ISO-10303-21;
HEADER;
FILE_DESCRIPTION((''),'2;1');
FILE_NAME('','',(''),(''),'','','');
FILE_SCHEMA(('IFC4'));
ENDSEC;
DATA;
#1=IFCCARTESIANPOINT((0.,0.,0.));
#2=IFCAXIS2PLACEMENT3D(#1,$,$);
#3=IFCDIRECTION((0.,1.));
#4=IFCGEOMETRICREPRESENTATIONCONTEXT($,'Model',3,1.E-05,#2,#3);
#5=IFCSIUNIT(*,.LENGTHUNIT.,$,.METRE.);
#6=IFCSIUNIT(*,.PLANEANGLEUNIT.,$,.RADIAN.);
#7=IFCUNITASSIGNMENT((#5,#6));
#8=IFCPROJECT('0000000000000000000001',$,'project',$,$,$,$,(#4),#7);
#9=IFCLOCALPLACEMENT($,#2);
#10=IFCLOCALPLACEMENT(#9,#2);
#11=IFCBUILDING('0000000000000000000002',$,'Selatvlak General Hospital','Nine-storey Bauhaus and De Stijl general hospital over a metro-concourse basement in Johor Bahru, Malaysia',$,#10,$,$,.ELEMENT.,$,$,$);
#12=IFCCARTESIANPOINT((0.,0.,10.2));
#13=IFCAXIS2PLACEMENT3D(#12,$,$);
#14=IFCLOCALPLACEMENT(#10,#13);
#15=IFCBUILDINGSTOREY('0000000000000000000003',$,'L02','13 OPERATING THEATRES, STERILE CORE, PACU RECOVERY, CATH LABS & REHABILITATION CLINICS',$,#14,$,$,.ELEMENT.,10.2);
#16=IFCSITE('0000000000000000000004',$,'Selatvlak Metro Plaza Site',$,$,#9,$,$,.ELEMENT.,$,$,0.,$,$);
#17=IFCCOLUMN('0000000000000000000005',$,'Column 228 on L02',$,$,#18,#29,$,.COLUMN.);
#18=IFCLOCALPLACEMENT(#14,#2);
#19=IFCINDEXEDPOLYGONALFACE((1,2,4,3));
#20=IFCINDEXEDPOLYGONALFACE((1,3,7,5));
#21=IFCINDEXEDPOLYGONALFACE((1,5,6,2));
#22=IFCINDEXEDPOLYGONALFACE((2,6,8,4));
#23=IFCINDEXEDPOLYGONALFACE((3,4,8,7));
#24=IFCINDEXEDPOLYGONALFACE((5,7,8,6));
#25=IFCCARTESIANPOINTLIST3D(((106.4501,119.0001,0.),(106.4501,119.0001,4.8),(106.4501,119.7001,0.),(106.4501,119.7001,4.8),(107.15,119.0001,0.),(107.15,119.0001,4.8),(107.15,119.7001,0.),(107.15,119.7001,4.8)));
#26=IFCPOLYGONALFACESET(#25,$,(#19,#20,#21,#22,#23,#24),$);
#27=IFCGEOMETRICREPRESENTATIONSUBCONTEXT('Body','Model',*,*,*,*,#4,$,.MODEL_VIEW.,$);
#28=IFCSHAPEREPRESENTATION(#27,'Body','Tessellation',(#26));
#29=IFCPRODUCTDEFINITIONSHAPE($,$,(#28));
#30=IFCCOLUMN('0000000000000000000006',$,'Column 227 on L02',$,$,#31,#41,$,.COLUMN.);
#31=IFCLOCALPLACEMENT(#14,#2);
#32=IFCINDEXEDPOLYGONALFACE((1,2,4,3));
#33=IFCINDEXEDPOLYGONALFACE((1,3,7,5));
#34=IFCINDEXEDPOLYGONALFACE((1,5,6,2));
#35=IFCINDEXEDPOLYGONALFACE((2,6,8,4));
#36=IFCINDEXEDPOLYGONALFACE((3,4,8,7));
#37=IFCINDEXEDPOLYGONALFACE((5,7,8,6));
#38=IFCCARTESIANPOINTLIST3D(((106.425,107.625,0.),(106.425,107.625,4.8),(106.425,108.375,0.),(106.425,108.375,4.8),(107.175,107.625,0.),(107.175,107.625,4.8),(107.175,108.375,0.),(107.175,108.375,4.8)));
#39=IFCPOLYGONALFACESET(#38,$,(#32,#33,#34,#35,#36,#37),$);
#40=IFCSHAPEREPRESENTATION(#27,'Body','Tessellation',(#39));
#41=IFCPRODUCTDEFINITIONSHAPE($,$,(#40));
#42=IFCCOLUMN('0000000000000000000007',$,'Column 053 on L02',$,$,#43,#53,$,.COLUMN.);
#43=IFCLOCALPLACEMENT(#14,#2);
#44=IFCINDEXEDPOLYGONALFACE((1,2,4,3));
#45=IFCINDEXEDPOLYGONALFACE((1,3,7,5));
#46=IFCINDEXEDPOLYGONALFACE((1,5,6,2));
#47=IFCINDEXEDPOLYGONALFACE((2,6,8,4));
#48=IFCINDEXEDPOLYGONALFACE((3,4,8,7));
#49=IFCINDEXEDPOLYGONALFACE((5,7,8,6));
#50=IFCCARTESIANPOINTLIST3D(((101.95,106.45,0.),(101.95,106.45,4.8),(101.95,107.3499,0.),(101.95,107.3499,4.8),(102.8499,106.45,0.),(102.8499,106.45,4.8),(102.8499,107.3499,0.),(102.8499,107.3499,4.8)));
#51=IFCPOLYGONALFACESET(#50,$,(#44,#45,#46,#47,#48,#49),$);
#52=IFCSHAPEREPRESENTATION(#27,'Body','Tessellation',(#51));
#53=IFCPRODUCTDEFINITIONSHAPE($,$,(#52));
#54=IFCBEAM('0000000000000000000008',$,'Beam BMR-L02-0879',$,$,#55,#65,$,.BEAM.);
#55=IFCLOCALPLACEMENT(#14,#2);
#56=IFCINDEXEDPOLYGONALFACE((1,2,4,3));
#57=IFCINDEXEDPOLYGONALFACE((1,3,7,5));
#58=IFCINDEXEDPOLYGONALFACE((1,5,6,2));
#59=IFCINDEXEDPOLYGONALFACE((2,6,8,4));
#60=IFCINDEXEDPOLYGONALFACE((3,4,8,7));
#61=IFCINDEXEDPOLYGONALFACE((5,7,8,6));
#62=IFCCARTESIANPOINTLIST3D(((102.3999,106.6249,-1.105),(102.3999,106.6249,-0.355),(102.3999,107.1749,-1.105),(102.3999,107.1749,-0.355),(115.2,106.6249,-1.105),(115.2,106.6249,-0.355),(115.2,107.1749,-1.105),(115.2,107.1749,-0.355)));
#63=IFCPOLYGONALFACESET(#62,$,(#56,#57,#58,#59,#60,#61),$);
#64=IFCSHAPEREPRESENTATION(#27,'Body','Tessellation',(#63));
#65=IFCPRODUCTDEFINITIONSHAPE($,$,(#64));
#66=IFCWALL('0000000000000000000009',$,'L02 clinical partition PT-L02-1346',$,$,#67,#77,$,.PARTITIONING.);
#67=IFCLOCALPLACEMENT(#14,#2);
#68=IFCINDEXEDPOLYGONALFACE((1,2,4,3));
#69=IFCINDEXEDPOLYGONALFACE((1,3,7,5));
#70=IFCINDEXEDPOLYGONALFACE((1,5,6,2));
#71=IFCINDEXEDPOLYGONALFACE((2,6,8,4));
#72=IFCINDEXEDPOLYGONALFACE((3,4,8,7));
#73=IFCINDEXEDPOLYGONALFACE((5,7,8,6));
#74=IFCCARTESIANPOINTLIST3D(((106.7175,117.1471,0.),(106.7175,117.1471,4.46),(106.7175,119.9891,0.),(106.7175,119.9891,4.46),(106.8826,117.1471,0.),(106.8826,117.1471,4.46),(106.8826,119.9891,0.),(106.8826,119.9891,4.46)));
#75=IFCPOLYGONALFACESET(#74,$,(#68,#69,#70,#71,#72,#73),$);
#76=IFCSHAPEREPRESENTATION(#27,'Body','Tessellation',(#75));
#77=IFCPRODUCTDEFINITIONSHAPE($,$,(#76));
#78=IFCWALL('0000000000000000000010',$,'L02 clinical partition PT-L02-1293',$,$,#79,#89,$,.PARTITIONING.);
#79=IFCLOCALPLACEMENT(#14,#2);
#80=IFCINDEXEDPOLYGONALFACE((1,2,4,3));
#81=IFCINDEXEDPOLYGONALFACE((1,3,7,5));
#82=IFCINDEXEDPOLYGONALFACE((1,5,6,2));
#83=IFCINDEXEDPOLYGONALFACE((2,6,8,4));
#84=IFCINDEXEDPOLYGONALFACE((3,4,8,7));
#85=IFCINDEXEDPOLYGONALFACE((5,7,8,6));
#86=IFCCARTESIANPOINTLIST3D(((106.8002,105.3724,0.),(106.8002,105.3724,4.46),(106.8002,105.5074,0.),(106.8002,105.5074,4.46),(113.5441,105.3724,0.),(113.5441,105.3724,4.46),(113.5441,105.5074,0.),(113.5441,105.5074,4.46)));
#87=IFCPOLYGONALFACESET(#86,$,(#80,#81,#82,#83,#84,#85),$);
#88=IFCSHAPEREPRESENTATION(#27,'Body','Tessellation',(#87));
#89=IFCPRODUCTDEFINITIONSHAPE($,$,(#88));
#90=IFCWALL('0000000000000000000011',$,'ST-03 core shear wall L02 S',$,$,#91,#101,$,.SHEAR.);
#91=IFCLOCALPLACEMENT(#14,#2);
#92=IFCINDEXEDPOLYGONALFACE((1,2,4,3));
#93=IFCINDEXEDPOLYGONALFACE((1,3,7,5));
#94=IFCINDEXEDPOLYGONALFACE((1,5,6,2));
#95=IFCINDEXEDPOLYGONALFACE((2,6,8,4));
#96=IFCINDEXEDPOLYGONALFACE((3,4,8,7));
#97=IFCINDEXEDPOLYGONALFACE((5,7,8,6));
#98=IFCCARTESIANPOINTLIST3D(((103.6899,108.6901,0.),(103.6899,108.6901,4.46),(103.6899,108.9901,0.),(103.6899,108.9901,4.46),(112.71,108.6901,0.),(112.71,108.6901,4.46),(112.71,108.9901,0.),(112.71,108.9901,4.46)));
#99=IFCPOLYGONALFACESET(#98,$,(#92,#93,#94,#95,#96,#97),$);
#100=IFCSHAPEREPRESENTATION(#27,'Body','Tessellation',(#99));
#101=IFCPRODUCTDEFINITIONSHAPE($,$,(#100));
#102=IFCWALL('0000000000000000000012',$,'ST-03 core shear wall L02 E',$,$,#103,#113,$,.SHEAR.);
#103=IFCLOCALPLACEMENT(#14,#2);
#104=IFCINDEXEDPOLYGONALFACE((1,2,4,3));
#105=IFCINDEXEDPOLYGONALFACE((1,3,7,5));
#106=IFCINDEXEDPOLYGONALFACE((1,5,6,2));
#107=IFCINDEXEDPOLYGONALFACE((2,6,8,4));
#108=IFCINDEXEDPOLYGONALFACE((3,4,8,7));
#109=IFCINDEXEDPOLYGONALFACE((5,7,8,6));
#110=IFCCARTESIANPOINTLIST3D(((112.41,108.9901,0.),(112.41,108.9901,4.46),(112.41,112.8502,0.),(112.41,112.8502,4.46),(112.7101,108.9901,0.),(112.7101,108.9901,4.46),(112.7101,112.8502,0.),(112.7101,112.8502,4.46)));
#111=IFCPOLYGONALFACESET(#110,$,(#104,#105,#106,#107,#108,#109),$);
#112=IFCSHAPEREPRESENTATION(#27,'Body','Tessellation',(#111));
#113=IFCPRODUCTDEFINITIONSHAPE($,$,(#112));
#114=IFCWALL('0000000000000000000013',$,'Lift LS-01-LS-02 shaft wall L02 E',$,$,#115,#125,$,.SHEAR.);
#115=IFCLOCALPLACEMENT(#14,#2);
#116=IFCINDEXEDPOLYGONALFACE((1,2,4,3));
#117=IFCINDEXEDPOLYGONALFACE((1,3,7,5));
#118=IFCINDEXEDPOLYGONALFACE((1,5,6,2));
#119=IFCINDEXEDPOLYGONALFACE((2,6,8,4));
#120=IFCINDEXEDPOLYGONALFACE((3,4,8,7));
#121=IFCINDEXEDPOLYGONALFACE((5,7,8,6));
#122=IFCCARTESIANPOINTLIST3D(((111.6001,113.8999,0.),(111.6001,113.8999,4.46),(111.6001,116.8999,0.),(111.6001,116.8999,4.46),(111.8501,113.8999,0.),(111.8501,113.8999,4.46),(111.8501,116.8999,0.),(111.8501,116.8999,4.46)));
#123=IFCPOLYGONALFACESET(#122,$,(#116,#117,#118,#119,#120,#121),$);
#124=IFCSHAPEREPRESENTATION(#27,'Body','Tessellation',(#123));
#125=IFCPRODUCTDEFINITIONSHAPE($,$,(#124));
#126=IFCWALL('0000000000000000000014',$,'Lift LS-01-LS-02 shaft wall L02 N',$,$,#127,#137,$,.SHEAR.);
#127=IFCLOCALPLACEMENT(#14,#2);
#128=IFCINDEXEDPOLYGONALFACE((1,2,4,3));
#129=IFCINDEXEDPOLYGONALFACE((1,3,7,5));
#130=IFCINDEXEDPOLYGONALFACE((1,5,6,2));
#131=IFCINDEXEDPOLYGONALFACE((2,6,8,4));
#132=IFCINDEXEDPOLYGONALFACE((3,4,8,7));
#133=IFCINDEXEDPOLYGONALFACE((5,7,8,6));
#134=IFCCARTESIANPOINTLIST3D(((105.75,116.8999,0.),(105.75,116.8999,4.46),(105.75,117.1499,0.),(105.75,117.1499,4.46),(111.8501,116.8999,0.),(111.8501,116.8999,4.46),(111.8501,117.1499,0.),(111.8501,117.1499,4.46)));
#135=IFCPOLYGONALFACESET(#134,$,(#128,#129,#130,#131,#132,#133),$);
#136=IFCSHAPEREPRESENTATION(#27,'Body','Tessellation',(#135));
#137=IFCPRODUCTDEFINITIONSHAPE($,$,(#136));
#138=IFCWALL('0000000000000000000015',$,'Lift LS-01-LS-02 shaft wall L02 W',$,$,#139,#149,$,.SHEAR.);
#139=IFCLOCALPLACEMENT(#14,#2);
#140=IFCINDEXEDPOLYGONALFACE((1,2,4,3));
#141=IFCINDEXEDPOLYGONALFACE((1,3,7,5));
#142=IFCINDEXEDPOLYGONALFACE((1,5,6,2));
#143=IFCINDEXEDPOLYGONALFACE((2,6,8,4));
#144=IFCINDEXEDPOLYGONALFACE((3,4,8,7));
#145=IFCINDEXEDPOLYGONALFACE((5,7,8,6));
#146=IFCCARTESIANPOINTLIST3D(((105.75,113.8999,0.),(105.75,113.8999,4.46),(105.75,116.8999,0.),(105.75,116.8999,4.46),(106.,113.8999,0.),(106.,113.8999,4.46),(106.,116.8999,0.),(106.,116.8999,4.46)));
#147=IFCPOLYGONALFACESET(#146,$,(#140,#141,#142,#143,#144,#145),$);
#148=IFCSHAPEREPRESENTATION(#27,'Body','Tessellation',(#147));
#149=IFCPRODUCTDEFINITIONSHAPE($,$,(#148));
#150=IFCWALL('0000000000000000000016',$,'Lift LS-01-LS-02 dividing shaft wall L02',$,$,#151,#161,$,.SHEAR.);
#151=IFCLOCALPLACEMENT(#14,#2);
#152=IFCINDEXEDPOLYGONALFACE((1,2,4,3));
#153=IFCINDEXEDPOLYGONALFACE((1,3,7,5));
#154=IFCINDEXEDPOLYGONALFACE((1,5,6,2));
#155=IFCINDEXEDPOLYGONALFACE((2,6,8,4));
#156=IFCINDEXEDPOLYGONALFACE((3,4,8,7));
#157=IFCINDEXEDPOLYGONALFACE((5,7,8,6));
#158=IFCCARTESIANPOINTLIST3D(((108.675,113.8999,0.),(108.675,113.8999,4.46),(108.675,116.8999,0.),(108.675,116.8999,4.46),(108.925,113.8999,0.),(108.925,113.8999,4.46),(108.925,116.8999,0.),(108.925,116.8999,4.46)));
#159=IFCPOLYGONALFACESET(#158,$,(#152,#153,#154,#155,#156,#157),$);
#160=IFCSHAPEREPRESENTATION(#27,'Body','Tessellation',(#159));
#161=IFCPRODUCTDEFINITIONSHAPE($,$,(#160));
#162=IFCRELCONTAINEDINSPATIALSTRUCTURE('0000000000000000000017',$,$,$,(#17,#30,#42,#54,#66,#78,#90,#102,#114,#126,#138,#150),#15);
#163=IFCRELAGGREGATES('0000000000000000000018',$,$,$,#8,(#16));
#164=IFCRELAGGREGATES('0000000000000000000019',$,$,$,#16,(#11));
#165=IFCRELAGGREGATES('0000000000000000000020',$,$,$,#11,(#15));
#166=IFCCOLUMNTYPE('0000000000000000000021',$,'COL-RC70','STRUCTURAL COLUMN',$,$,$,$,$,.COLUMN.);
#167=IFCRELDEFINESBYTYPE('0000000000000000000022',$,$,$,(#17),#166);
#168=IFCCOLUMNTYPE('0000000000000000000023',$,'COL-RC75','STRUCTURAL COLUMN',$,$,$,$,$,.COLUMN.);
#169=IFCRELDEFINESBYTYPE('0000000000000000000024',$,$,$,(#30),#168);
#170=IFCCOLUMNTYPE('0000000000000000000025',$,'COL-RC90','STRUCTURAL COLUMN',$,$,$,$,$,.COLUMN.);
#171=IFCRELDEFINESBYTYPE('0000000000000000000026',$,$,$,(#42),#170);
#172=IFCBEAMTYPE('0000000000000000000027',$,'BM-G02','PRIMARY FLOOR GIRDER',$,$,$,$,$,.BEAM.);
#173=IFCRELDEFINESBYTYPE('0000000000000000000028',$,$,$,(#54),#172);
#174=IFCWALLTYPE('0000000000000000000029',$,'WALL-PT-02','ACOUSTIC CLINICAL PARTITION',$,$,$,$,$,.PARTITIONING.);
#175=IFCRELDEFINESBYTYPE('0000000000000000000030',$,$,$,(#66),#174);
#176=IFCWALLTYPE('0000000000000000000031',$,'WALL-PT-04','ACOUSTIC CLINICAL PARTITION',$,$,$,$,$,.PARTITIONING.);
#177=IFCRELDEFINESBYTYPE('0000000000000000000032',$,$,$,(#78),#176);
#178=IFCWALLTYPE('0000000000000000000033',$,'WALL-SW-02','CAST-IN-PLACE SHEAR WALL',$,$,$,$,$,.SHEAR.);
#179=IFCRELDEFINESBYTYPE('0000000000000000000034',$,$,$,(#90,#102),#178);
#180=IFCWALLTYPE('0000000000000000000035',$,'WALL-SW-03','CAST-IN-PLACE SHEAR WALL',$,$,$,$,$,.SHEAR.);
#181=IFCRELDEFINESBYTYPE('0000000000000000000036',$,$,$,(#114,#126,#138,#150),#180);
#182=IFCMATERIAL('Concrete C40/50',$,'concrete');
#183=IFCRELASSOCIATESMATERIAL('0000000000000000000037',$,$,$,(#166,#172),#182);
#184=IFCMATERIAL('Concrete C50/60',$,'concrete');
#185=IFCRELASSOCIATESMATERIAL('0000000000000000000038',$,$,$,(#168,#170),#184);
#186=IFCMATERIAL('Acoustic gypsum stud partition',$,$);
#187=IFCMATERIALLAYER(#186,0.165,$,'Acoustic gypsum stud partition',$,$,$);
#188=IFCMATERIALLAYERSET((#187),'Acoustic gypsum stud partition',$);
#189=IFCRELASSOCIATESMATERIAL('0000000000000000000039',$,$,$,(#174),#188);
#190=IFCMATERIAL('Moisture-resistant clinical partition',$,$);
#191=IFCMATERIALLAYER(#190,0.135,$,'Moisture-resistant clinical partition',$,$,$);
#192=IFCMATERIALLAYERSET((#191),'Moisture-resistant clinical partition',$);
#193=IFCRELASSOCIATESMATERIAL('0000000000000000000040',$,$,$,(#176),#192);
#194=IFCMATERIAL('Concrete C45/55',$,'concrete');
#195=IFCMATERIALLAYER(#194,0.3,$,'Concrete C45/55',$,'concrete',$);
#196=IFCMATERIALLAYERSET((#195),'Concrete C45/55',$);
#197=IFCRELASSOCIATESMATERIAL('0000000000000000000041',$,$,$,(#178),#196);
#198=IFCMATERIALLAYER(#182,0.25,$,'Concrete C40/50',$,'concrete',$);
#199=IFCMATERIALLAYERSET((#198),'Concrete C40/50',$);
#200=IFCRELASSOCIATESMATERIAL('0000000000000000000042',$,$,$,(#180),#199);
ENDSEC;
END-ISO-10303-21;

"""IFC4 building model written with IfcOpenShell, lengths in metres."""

from ifc_helpers import new_model, si_unit, direction, frame, frame_2d, origin, origin_2d, place, context, subcontext, project, spatial, rectangle, extrude, material, layer, layer_set, material_profile, profile_set, type_object, element, save


model = new_model("IFC4")

# Units and contexts
model_context = context("Model", 3, precision=1e-05, world=origin(), true_north=direction((0.0, 1.0)))
body_context = subcontext(model_context, "Body", "Model", "MODEL_VIEW")
ifc_project = project(units=[si_unit("LENGTHUNIT", "METRE"), si_unit("PLANEANGLEUNIT", "RADIAN")], contexts=[model_context])

# Site, building, storey
site_placement = place(None, origin())
site = spatial("IfcSite", under=ifc_project, at=site_placement, Name="Selatvlak Metro Plaza Site", CompositionType="ELEMENT", RefElevation=0.0)
building_placement = place(site_placement, origin())
building = spatial("IfcBuilding", under=site, at=building_placement, Name="Selatvlak General Hospital", Description="Nine-storey Bauhaus and De Stijl general hospital over a metro-concourse basement in Johor Bahru, Malaysia", CompositionType="ELEMENT")
storey_placement = place(building_placement, frame((0.0, 0.0, 10.2)))
storey = spatial("IfcBuildingStorey", under=building, at=storey_placement, Name="L02", Description="13 OPERATING THEATRES, STERILE CORE, PACU RECOVERY, CATH LABS & REHABILITATION CLINICS", CompositionType="ELEMENT", Elevation=10.2)

# Columns
ifc_material_1 = material(Name="Concrete C40/50", Category="concrete")
ifc_material_profile_1 = material_profile(ifc_material_1, rectangle(XDim=0.7, YDim=0.7, at=origin_2d()), Name="RC-COL 700x700")
ifc_profile_set_1 = profile_set([ifc_material_profile_1], Name="Concrete C40/50")
column_type_1 = type_object("IfcColumnType", Name="COL-RC70", Description="STRUCTURAL COLUMN", PredefinedType="COLUMN", material=ifc_profile_set_1)
column_1_placement = place(storey_placement, frame((106.8, 119.3501, 0.0), z_axis=(0.0, 0.0, 1.0), x_axis=(1.0, 0.0, 0.0)))
element("IfcColumn", 1, at=column_1_placement, inside=storey, type_object=column_type_1, Name="Column 228 on L02", PredefinedType="COLUMN", context=body_context, shape_type="SweptSolid", body=[
    extrude(rectangle(XDim=0.7, YDim=0.7, at=origin_2d()), origin(), (0.0, 0.0, 1.0), 4.8),
])
ifc_material_2 = material(Name="Concrete C50/60", Category="concrete")
ifc_material_profile_2 = material_profile(ifc_material_2, rectangle(XDim=0.75, YDim=0.75, at=origin_2d()), Name="RC-COL 750x750")
ifc_profile_set_2 = profile_set([ifc_material_profile_2], Name="Concrete C50/60")
column_type_2 = type_object("IfcColumnType", Name="COL-RC75", Description="STRUCTURAL COLUMN", PredefinedType="COLUMN", material=ifc_profile_set_2)
column_2_placement = place(storey_placement, frame((106.8, 108.0, 0.0), z_axis=(0.0, 0.0, 1.0), x_axis=(1.0, 0.0, 0.0)))
element("IfcColumn", 2, at=column_2_placement, inside=storey, type_object=column_type_2, Name="Column 227 on L02", PredefinedType="COLUMN", context=body_context, shape_type="SweptSolid", body=[
    extrude(rectangle(XDim=0.75, YDim=0.75, at=origin_2d()), origin(), (0.0, 0.0, 1.0), 4.8),
])
ifc_material_profile_3 = material_profile(ifc_material_2, rectangle(XDim=0.8999, YDim=0.8999, at=origin_2d()), Name="RC-COL 900x900")
ifc_profile_set_3 = profile_set([ifc_material_profile_3], Name="Concrete C50/60")
column_type_3 = type_object("IfcColumnType", Name="COL-RC90", Description="STRUCTURAL COLUMN", PredefinedType="COLUMN", material=ifc_profile_set_3)
column_3_placement = place(storey_placement, frame((102.3999, 106.8999, 0.0), z_axis=(0.0, 0.0, 1.0), x_axis=(1.0, 0.0, 0.0)))
element("IfcColumn", 3, at=column_3_placement, inside=storey, type_object=column_type_3, Name="Column 053 on L02", PredefinedType="COLUMN", context=body_context, shape_type="SweptSolid", body=[
    extrude(rectangle(XDim=0.8999, YDim=0.8999, at=origin_2d()), origin(), (0.0, 0.0, 1.0), 4.8),
])

# Beam
ifc_material_profile_4 = material_profile(ifc_material_1, rectangle(XDim=0.55, YDim=0.75, at=origin_2d()), Name="RC-BM 550x750")
ifc_profile_set_4 = profile_set([ifc_material_profile_4], Name="Concrete C40/50")
beam_type = type_object("IfcBeamType", Name="BM-G02", Description="PRIMARY FLOOR GIRDER", PredefinedType="BEAM", material=ifc_profile_set_4)
beam_placement = place(storey_placement, frame((102.3999, 106.8999, -0.73), z_axis=(1.0, 0.0, 0.0), x_axis=(0.0, 1.0, 0.0)))
element("IfcBeam", 4, at=beam_placement, inside=storey, type_object=beam_type, Name="Beam BMR-L02-0879", PredefinedType="BEAM", context=body_context, shape_type="SweptSolid", body=[
    extrude(rectangle(XDim=0.55, YDim=0.75, at=origin_2d()), origin(), (0.0, 0.0, 1.0), 12.8),
])

# Wall
ifc_material_3 = material(Name="Acoustic gypsum stud partition")
ifc_layer_1 = layer(ifc_material_3, 0.165, Name="Acoustic gypsum stud partition")
ifc_layer_set_1 = layer_set([ifc_layer_1], Name="Acoustic gypsum stud partition")
wall_type_1 = type_object("IfcWallType", Name="WALL-PT-02", Description="ACOUSTIC CLINICAL PARTITION", PredefinedType="PARTITIONING", material=ifc_layer_set_1)
wall_1_placement = place(storey_placement, frame((106.8, 119.989, 0.0), z_axis=(0.0, 0.0, 1.0), x_axis=(0.0, -1.0, 0.0)))
element("IfcWall", 5, at=wall_1_placement, inside=storey, type_object=wall_type_1, Name="L02 clinical partition PT-L02-1346", PredefinedType="PARTITIONING", context=body_context, shape_type="SweptSolid", body=[
    extrude(rectangle(XDim=2.842, YDim=0.165, at=frame_2d((1.4209, 0.0))), origin(), (0.0, 0.0, 1.0), 4.46),
])

# Walls
ifc_material_4 = material(Name="Moisture-resistant clinical partition")
ifc_layer_2 = layer(ifc_material_4, 0.135, Name="Moisture-resistant clinical partition")
ifc_layer_set_2 = layer_set([ifc_layer_2], Name="Moisture-resistant clinical partition")
wall_type_2 = type_object("IfcWallType", Name="WALL-PT-04", Description="ACOUSTIC CLINICAL PARTITION", PredefinedType="PARTITIONING", material=ifc_layer_set_2)
wall_2_placement = place(storey_placement, frame((106.8, 105.4399, 0.0), z_axis=(0.0, 0.0, 1.0), x_axis=(1.0, 0.0, 0.0)))
element("IfcWall", 6, at=wall_2_placement, inside=storey, type_object=wall_type_2, Name="L02 clinical partition PT-L02-1293", PredefinedType="PARTITIONING", context=body_context, shape_type="SweptSolid", body=[
    extrude(rectangle(XDim=6.7439, YDim=0.135, at=frame_2d((3.3721, 0.0))), origin(), (0.0, 0.0, 1.0), 4.46),
])
ifc_material_5 = material(Name="Concrete C45/55", Category="concrete")
ifc_layer_3 = layer(ifc_material_5, 0.3, Name="Concrete C45/55", Category="concrete")
ifc_layer_set_3 = layer_set([ifc_layer_3], Name="Concrete C45/55")
wall_type_3 = type_object("IfcWallType", Name="WALL-SW-02", Description="CAST-IN-PLACE SHEAR WALL", PredefinedType="SHEAR", material=ifc_layer_set_3)
wall_3_placement = place(storey_placement, frame((103.6899, 108.8401, 0.0), z_axis=(0.0, 0.0, 1.0), x_axis=(1.0, 0.0, 0.0)))
element("IfcWall", 7, at=wall_3_placement, inside=storey, type_object=wall_type_3, Name="ST-03 core shear wall L02 S", PredefinedType="SHEAR", context=body_context, shape_type="SweptSolid", body=[
    extrude(rectangle(XDim=9.02, YDim=0.3, at=frame_2d((4.51, 0.0))), origin(), (0.0, 0.0, 1.0), 4.46),
])
wall_4_placement = place(storey_placement, frame((112.5601, 108.99, 0.0), z_axis=(0.0, 0.0, 1.0), x_axis=(0.0, 1.0, 0.0)))
element("IfcWall", 8, at=wall_4_placement, inside=storey, type_object=wall_type_3, Name="ST-03 core shear wall L02 E", PredefinedType="SHEAR", context=body_context, shape_type="SweptSolid", body=[
    extrude(rectangle(XDim=3.8601, YDim=0.3, at=frame_2d((1.9302, 0.0))), origin(), (0.0, 0.0, 1.0), 4.46),
])

# Shared definitions
ifc_layer_4 = layer(ifc_material_1, 0.25, Name="Concrete C40/50", Category="concrete")
ifc_layer_set_4 = layer_set([ifc_layer_4], Name="Concrete C40/50")
wall_type_4 = type_object("IfcWallType", Name="WALL-SW-03", Description="CAST-IN-PLACE SHEAR WALL", PredefinedType="SHEAR", material=ifc_layer_set_4)

# Walls
wall_5_placement = place(storey_placement, frame((111.7251, 113.8999, 0.0), z_axis=(0.0, 0.0, 1.0), x_axis=(0.0, 1.0, 0.0)))
element("IfcWall", 9, at=wall_5_placement, inside=storey, type_object=wall_type_4, Name="Lift LS-01-LS-02 shaft wall L02 E", PredefinedType="SHEAR", context=body_context, shape_type="SweptSolid", body=[
    extrude(rectangle(XDim=3.0, YDim=0.25, at=frame_2d((1.5, 0.0))), origin(), (0.0, 0.0, 1.0), 4.46),
])
wall_6_placement = place(storey_placement, frame((111.8501, 117.0249, 0.0), z_axis=(0.0, 0.0, 1.0), x_axis=(-1.0, 0.0, 0.0)))
element("IfcWall", 10, at=wall_6_placement, inside=storey, type_object=wall_type_4, Name="Lift LS-01-LS-02 shaft wall L02 N", PredefinedType="SHEAR", context=body_context, shape_type="SweptSolid", body=[
    extrude(rectangle(XDim=6.1001, YDim=0.25, at=frame_2d((3.05, 0.0))), origin(), (0.0, 0.0, 1.0), 4.46),
])
for number, where, z_axis, x_axis, name in (
    (11, (105.875, 116.8999, 0.0), (0.0, 0.0, 1.0), (0.0, -1.0, 0.0), "Lift LS-01-LS-02 shaft wall L02 W"),
    (12, (108.8, 113.8999, 0.0), (0.0, 0.0, 1.0), (0.0, 1.0, 0.0), "Lift LS-01-LS-02 dividing shaft wall L02"),
):
    element("IfcWall", number, at=place(storey_placement, frame(where, z_axis=z_axis, x_axis=x_axis)), inside=storey, type_object=wall_type_4, Name=name, PredefinedType="SHEAR", context=body_context, shape_type="SweptSolid", body=[
        extrude(rectangle(XDim=3.0, YDim=0.25, at=frame_2d((1.5, 0.0))), origin(), (0.0, 0.0, 1.0), 4.46),
    ])

save(model, "model.ifc")
